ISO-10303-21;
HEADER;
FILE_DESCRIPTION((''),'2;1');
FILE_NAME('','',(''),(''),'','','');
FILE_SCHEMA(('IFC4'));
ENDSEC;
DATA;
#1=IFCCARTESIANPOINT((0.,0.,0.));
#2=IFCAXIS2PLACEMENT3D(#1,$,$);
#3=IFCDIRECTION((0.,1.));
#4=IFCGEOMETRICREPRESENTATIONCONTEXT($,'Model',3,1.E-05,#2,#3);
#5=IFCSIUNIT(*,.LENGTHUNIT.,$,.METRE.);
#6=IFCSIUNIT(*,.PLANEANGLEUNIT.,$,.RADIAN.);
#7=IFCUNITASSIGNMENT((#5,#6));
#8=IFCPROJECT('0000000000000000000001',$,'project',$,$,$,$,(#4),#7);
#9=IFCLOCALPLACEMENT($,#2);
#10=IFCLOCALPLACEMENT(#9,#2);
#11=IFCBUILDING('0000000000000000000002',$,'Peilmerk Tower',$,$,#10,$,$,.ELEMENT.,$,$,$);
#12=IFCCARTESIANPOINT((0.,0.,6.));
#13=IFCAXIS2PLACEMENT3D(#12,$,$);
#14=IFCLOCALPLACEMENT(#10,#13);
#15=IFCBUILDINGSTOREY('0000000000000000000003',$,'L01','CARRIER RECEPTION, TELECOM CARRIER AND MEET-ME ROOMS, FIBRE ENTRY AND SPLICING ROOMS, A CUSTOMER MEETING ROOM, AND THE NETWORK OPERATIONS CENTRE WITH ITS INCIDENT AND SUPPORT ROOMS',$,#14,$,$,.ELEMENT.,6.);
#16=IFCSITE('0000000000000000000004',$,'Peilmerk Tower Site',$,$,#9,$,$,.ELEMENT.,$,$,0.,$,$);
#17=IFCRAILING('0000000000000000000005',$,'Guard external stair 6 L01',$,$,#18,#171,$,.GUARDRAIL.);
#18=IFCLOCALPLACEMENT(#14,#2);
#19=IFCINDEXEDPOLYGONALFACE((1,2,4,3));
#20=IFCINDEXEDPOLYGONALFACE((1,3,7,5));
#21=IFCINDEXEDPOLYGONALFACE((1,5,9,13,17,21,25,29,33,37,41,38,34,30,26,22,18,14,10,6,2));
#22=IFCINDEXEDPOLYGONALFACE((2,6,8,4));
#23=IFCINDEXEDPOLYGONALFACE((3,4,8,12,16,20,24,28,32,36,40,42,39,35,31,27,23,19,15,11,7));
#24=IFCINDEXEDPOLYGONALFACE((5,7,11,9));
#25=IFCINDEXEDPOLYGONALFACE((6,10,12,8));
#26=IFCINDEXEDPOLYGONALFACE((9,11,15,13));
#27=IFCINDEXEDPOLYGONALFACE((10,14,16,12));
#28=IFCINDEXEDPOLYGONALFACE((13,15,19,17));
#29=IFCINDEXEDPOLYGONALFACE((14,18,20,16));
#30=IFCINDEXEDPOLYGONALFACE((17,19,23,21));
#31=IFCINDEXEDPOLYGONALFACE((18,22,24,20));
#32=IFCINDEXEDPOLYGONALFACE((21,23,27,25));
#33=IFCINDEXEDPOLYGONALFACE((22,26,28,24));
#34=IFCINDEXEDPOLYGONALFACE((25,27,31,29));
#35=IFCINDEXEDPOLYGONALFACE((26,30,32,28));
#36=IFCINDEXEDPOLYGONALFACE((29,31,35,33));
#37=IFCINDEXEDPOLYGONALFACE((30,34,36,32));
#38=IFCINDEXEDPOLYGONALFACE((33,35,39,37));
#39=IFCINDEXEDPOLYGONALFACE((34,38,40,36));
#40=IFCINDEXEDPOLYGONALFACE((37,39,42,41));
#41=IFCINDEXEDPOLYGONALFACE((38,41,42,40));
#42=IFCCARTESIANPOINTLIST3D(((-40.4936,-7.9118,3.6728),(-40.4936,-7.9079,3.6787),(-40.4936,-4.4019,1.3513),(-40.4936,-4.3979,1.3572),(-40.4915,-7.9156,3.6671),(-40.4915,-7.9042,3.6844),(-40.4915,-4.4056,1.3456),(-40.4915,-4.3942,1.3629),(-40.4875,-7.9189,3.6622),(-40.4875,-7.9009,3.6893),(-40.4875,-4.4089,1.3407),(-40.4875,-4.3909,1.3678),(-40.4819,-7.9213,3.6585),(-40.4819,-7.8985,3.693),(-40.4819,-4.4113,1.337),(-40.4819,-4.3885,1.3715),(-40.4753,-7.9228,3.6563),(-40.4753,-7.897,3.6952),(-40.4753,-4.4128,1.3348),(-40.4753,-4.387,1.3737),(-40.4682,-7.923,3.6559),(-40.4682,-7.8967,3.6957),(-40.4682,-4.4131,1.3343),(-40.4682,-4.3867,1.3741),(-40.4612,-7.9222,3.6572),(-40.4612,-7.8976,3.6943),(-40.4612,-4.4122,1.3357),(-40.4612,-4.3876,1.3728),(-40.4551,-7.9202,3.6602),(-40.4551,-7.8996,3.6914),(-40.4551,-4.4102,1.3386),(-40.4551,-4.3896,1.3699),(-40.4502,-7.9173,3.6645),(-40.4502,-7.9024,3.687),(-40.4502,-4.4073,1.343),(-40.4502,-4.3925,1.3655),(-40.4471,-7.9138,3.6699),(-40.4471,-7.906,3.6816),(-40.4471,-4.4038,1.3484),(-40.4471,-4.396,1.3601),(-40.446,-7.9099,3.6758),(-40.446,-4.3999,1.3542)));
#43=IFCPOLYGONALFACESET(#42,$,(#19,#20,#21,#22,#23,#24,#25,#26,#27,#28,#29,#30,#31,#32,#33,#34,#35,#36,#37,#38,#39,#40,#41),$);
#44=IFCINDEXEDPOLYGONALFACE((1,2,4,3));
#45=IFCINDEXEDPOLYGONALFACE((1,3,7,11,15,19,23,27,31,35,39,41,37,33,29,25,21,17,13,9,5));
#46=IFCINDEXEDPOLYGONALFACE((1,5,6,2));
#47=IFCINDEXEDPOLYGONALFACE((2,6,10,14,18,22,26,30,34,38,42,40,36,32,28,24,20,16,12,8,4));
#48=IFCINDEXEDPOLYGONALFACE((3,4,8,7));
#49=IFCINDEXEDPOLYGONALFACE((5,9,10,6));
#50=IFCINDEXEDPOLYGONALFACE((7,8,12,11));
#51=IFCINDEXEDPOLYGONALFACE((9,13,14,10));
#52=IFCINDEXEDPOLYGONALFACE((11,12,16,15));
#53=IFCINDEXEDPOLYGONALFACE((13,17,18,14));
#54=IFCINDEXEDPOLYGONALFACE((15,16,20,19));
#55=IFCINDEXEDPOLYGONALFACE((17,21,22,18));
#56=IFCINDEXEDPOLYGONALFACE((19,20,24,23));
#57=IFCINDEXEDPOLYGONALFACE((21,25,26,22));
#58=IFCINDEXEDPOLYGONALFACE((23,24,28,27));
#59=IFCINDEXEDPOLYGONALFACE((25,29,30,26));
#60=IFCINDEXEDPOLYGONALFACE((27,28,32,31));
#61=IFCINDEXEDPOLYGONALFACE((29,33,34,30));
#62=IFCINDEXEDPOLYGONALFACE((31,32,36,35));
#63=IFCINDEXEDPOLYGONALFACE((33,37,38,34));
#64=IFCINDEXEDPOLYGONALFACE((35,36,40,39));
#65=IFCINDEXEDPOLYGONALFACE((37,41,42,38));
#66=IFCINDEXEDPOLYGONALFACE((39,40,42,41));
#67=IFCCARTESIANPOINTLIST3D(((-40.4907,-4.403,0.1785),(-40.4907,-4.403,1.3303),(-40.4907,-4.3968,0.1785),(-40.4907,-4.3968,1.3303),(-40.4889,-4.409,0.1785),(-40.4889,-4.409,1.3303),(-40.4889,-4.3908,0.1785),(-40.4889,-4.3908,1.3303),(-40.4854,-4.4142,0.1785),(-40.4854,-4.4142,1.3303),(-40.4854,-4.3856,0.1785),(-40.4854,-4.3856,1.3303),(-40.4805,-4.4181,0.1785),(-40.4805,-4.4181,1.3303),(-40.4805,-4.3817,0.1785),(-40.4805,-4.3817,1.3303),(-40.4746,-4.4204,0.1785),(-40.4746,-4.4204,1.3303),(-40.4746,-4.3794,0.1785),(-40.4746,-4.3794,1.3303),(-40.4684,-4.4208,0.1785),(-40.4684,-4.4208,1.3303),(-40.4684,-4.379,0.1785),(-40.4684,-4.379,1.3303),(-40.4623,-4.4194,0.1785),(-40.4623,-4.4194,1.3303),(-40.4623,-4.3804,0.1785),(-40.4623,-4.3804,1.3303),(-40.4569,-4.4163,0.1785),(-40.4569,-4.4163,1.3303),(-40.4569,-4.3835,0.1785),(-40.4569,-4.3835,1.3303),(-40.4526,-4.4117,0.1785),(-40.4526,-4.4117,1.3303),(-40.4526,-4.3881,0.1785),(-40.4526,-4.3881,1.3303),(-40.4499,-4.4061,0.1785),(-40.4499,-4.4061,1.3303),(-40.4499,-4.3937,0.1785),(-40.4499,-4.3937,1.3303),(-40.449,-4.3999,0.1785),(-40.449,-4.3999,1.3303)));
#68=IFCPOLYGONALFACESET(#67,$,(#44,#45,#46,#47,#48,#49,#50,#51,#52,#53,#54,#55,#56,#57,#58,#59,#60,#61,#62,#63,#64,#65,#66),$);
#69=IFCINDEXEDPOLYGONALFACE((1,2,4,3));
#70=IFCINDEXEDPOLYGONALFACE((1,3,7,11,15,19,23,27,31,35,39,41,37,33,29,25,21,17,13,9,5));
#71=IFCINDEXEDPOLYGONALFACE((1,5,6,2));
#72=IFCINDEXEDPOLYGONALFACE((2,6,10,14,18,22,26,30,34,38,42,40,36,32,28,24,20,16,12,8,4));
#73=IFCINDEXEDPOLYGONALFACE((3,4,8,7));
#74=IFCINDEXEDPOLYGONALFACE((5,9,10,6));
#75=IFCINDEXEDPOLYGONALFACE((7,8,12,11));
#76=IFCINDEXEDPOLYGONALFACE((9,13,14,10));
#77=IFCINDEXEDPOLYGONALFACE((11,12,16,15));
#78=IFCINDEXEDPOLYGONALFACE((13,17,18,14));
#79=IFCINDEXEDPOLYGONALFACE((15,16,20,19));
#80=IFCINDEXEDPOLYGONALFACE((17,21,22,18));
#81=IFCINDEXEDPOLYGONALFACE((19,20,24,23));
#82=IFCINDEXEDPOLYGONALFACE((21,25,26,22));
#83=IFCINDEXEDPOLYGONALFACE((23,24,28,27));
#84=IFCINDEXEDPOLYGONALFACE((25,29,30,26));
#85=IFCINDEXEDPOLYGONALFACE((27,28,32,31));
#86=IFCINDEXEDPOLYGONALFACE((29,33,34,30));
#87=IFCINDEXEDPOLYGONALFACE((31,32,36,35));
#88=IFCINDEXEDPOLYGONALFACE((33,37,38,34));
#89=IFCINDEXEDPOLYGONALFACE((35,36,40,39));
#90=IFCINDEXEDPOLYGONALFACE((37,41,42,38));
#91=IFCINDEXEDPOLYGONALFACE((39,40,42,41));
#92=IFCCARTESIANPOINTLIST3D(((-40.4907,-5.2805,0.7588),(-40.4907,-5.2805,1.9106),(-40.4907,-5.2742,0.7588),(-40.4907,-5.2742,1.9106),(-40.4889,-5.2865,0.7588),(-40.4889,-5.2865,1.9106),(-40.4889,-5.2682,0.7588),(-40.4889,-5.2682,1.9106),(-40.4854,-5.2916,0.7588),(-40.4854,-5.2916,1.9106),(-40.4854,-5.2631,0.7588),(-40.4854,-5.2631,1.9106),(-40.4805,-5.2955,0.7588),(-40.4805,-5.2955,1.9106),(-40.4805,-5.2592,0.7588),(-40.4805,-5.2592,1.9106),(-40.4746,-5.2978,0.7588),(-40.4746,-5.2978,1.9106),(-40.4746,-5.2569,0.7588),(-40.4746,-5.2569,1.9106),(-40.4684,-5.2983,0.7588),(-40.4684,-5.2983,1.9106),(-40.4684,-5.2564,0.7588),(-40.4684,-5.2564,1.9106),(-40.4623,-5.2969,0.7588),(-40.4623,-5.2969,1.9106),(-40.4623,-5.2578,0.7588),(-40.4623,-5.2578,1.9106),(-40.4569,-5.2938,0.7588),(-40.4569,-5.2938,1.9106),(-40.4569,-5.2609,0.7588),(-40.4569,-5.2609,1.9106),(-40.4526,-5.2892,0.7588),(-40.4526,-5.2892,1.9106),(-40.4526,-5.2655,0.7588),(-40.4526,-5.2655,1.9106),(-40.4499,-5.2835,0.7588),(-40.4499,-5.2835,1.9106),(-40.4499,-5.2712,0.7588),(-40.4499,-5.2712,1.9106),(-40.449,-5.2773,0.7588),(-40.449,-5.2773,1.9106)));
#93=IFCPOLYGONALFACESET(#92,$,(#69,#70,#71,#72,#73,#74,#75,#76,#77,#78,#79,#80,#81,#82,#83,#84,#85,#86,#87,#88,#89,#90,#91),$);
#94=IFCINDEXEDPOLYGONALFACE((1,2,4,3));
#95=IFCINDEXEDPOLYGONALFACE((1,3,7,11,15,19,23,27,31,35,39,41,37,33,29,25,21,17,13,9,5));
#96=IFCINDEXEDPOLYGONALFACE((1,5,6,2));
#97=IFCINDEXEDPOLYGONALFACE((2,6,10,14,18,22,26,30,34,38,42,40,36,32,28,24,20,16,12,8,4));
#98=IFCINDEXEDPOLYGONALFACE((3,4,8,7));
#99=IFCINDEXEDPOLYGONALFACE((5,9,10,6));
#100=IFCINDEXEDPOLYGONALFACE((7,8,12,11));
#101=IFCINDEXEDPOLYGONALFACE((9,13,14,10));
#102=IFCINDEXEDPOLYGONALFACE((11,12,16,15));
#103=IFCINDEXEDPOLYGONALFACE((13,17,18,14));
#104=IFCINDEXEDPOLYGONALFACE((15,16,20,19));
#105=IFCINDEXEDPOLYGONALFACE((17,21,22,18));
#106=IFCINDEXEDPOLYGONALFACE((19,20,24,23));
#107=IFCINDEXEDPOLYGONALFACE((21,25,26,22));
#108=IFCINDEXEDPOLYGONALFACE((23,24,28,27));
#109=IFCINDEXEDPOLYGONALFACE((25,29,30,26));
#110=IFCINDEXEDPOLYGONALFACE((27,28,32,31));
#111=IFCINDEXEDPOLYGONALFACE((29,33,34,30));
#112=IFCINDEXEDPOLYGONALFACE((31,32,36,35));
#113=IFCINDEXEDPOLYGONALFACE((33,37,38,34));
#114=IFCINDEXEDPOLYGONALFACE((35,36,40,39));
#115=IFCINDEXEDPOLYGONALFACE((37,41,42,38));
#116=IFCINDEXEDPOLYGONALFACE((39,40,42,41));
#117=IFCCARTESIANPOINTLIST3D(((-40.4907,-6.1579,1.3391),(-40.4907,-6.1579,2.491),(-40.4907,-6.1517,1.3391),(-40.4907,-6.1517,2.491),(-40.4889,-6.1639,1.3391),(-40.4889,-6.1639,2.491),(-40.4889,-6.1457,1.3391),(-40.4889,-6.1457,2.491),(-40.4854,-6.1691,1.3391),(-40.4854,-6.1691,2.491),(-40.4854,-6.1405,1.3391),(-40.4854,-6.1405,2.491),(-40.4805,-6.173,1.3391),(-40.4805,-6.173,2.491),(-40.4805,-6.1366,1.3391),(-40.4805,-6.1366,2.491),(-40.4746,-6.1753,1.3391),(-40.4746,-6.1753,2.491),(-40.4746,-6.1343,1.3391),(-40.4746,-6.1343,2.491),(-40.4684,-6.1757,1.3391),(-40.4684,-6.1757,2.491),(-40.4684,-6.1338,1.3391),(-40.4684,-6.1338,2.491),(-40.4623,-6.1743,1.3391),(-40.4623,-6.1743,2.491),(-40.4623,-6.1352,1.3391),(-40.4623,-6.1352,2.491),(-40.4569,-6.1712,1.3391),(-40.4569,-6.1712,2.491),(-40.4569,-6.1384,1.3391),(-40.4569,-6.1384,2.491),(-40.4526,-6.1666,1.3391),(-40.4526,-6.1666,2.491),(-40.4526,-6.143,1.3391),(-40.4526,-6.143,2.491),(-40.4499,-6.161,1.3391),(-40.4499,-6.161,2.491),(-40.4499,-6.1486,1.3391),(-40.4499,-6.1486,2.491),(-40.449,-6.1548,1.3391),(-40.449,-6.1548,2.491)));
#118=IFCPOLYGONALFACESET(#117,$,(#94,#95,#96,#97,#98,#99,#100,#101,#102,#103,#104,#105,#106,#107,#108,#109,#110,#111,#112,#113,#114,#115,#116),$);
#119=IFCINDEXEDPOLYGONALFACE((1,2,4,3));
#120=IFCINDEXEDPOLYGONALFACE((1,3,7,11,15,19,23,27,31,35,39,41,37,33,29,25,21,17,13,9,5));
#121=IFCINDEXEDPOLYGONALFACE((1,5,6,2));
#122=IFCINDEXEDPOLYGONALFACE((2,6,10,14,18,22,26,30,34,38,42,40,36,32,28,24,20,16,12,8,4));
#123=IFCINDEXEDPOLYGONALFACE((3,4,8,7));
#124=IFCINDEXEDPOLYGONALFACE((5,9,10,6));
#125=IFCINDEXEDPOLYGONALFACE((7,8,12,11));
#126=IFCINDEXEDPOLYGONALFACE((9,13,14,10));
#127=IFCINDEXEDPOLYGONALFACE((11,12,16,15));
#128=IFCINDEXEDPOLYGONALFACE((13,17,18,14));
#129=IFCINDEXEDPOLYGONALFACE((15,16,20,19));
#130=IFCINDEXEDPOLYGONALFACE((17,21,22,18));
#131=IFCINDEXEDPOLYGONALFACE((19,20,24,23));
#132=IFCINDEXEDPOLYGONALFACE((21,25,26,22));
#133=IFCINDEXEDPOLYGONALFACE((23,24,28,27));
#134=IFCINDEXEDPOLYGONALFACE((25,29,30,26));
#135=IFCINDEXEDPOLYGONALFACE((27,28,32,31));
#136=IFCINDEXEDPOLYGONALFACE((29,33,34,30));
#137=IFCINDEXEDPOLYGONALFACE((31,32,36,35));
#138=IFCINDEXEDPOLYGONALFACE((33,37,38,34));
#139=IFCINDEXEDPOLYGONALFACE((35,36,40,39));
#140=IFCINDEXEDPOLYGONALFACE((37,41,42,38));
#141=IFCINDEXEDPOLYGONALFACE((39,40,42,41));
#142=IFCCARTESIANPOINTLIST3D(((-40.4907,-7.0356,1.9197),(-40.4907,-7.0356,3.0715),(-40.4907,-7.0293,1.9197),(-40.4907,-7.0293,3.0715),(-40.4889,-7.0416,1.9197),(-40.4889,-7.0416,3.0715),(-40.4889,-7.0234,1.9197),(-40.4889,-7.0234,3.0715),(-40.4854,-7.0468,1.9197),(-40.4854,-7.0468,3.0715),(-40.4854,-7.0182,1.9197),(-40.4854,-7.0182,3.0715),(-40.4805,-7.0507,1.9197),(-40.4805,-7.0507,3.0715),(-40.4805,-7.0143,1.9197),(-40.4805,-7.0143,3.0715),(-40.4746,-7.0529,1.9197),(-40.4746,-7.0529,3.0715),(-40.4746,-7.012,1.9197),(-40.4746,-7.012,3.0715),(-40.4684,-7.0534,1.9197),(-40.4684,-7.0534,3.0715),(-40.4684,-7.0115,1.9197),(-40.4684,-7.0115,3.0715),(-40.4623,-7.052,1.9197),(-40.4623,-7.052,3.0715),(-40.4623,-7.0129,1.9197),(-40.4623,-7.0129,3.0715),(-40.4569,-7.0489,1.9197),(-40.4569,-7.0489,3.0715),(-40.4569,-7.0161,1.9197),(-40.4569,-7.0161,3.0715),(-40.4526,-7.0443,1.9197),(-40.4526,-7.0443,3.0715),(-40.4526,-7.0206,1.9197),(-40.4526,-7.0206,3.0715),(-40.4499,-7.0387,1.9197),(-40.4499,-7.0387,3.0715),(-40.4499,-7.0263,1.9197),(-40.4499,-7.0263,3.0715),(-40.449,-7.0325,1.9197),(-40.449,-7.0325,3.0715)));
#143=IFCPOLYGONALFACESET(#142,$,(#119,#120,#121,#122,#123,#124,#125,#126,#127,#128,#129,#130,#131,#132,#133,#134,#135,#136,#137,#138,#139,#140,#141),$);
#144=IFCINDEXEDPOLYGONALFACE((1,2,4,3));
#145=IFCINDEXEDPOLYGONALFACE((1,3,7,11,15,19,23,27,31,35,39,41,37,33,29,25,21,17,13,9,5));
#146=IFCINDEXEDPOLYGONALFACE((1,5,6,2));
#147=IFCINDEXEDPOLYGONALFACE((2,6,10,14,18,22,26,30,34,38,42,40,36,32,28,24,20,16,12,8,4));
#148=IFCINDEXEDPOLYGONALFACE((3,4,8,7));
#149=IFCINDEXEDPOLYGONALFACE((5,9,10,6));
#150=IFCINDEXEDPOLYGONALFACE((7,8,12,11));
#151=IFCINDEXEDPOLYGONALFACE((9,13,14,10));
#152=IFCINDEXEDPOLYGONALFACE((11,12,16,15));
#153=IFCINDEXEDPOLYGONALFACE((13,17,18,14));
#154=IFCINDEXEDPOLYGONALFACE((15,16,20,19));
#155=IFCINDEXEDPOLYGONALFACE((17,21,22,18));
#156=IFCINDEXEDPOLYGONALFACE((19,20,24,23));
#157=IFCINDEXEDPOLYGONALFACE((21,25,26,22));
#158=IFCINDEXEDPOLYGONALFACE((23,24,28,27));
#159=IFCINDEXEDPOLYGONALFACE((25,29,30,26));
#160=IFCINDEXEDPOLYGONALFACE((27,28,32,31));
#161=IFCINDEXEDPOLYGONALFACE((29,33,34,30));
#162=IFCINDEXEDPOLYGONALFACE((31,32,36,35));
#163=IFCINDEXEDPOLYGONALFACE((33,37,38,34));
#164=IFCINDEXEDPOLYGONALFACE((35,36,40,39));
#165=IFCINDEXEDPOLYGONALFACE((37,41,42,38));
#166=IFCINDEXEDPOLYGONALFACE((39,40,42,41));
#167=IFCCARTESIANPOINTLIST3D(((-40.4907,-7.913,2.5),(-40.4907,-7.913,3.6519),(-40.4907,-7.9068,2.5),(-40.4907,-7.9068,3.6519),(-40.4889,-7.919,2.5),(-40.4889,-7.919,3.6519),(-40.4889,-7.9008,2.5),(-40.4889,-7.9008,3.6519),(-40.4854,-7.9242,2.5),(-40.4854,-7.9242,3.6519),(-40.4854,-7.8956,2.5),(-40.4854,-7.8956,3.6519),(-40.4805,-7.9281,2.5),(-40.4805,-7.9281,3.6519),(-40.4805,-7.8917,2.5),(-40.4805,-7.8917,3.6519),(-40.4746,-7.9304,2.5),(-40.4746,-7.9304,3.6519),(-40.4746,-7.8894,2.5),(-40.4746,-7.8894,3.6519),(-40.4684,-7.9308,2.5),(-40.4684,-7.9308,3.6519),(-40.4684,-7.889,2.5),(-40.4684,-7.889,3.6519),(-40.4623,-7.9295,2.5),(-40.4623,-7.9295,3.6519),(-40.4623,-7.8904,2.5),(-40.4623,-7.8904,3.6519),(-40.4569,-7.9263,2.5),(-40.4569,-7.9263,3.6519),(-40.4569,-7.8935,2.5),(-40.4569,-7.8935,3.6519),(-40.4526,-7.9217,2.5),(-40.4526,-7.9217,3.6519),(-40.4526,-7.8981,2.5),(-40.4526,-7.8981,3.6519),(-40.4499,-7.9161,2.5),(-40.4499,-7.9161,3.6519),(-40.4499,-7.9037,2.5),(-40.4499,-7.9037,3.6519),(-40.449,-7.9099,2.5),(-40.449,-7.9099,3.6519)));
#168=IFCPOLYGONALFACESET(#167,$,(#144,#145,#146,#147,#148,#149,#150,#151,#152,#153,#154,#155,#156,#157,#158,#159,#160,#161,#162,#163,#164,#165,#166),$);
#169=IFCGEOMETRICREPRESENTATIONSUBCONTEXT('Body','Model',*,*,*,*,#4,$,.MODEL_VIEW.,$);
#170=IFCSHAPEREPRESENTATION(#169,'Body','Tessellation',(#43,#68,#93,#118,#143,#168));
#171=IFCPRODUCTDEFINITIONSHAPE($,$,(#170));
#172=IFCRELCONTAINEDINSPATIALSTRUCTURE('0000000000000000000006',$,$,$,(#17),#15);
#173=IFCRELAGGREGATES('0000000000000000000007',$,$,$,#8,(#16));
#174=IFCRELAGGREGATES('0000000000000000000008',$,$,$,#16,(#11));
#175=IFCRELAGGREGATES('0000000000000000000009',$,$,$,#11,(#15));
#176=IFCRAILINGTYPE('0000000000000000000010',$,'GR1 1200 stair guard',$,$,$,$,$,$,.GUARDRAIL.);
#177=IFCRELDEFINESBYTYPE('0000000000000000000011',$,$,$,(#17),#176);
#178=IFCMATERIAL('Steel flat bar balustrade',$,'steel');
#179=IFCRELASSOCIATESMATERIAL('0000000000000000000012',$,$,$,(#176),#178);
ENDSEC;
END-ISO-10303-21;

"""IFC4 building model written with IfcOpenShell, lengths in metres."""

from ifc_helpers import new_model, si_unit, direction, frame, origin, origin_2d, place, context, subcontext, project, spatial, circle, extrude, material, type_object, element, save


model = new_model("IFC4")

# Units and contexts
model_context = context("Model", 3, precision=1e-05, world=origin(), true_north=direction((0.0, 1.0)))
body_context = subcontext(model_context, "Body", "Model", "MODEL_VIEW")
ifc_project = project(units=[si_unit("LENGTHUNIT", "METRE"), si_unit("PLANEANGLEUNIT", "RADIAN")], contexts=[model_context])

# Site, building, storey
site_placement = place(None, origin())
site = spatial("IfcSite", under=ifc_project, at=site_placement, Name="Peilmerk Tower Site", CompositionType="ELEMENT", RefElevation=0.0)
building_placement = place(site_placement, origin())
building = spatial("IfcBuilding", under=site, at=building_placement, Name="Peilmerk Tower", CompositionType="ELEMENT")
storey_placement = place(building_placement, frame((0.0, 0.0, 6.0)))
storey = spatial("IfcBuildingStorey", under=building, at=storey_placement, Name="L01", Description="CARRIER RECEPTION, TELECOM CARRIER AND MEET-ME ROOMS, FIBRE ENTRY AND SPLICING ROOMS, A CUSTOMER MEETING ROOM, AND THE NETWORK OPERATIONS CENTRE WITH ITS INCIDENT AND SUPPORT ROOMS", CompositionType="ELEMENT", Elevation=6.0)

# Railing
ifc_material_1 = material(Name="Steel flat bar balustrade", Category="steel")
railing_type_1 = type_object("IfcRailingType", Name="GR1 1200 stair guard", PredefinedType="GUARDRAIL", material=ifc_material_1)
for number, where, name in (
    (1, (-40.47, -4.3999, 0.1785), "Guard external stair 6 L01"),
):
    element("IfcRailing", number, at=place(storey_placement, frame(where)), inside=storey, type_object=railing_type_1, Name=name, PredefinedType="GUARDRAIL", context=body_context, shape_type="SweptSolid", body=[
        extrude(circle(Radius=0.0239, at=origin_2d()), frame((0.0, 0.0, 1.1758), z_axis=(0.0, -0.834071, 0.551657), x_axis=(1.0, 0.0, 0.0)), (0.0, 0.0, 1.0), 4.2083),
        extrude(circle(Radius=0.021, at=origin_2d()), origin(), (0.0, 0.0, 1.0), 1.1519),
        extrude(circle(Radius=0.021, at=origin_2d()), frame((0.0, -0.8774, 0.5803)), (0.0, 0.0, 1.0), 1.1519),
        extrude(circle(Radius=0.021, at=origin_2d()), frame((0.0, -1.7549, 1.1606)), (0.0, 0.0, 1.0), 1.1519),
        extrude(circle(Radius=0.021, at=origin_2d()), frame((0.0, -2.6326, 1.7412)), (0.0, 0.0, 1.0), 1.1519),
        extrude(circle(Radius=0.021, at=origin_2d()), frame((0.0, -3.51, 2.3215)), (0.0, 0.0, 1.0), 1.1519),
    ])

save(model, "model.ifc")
